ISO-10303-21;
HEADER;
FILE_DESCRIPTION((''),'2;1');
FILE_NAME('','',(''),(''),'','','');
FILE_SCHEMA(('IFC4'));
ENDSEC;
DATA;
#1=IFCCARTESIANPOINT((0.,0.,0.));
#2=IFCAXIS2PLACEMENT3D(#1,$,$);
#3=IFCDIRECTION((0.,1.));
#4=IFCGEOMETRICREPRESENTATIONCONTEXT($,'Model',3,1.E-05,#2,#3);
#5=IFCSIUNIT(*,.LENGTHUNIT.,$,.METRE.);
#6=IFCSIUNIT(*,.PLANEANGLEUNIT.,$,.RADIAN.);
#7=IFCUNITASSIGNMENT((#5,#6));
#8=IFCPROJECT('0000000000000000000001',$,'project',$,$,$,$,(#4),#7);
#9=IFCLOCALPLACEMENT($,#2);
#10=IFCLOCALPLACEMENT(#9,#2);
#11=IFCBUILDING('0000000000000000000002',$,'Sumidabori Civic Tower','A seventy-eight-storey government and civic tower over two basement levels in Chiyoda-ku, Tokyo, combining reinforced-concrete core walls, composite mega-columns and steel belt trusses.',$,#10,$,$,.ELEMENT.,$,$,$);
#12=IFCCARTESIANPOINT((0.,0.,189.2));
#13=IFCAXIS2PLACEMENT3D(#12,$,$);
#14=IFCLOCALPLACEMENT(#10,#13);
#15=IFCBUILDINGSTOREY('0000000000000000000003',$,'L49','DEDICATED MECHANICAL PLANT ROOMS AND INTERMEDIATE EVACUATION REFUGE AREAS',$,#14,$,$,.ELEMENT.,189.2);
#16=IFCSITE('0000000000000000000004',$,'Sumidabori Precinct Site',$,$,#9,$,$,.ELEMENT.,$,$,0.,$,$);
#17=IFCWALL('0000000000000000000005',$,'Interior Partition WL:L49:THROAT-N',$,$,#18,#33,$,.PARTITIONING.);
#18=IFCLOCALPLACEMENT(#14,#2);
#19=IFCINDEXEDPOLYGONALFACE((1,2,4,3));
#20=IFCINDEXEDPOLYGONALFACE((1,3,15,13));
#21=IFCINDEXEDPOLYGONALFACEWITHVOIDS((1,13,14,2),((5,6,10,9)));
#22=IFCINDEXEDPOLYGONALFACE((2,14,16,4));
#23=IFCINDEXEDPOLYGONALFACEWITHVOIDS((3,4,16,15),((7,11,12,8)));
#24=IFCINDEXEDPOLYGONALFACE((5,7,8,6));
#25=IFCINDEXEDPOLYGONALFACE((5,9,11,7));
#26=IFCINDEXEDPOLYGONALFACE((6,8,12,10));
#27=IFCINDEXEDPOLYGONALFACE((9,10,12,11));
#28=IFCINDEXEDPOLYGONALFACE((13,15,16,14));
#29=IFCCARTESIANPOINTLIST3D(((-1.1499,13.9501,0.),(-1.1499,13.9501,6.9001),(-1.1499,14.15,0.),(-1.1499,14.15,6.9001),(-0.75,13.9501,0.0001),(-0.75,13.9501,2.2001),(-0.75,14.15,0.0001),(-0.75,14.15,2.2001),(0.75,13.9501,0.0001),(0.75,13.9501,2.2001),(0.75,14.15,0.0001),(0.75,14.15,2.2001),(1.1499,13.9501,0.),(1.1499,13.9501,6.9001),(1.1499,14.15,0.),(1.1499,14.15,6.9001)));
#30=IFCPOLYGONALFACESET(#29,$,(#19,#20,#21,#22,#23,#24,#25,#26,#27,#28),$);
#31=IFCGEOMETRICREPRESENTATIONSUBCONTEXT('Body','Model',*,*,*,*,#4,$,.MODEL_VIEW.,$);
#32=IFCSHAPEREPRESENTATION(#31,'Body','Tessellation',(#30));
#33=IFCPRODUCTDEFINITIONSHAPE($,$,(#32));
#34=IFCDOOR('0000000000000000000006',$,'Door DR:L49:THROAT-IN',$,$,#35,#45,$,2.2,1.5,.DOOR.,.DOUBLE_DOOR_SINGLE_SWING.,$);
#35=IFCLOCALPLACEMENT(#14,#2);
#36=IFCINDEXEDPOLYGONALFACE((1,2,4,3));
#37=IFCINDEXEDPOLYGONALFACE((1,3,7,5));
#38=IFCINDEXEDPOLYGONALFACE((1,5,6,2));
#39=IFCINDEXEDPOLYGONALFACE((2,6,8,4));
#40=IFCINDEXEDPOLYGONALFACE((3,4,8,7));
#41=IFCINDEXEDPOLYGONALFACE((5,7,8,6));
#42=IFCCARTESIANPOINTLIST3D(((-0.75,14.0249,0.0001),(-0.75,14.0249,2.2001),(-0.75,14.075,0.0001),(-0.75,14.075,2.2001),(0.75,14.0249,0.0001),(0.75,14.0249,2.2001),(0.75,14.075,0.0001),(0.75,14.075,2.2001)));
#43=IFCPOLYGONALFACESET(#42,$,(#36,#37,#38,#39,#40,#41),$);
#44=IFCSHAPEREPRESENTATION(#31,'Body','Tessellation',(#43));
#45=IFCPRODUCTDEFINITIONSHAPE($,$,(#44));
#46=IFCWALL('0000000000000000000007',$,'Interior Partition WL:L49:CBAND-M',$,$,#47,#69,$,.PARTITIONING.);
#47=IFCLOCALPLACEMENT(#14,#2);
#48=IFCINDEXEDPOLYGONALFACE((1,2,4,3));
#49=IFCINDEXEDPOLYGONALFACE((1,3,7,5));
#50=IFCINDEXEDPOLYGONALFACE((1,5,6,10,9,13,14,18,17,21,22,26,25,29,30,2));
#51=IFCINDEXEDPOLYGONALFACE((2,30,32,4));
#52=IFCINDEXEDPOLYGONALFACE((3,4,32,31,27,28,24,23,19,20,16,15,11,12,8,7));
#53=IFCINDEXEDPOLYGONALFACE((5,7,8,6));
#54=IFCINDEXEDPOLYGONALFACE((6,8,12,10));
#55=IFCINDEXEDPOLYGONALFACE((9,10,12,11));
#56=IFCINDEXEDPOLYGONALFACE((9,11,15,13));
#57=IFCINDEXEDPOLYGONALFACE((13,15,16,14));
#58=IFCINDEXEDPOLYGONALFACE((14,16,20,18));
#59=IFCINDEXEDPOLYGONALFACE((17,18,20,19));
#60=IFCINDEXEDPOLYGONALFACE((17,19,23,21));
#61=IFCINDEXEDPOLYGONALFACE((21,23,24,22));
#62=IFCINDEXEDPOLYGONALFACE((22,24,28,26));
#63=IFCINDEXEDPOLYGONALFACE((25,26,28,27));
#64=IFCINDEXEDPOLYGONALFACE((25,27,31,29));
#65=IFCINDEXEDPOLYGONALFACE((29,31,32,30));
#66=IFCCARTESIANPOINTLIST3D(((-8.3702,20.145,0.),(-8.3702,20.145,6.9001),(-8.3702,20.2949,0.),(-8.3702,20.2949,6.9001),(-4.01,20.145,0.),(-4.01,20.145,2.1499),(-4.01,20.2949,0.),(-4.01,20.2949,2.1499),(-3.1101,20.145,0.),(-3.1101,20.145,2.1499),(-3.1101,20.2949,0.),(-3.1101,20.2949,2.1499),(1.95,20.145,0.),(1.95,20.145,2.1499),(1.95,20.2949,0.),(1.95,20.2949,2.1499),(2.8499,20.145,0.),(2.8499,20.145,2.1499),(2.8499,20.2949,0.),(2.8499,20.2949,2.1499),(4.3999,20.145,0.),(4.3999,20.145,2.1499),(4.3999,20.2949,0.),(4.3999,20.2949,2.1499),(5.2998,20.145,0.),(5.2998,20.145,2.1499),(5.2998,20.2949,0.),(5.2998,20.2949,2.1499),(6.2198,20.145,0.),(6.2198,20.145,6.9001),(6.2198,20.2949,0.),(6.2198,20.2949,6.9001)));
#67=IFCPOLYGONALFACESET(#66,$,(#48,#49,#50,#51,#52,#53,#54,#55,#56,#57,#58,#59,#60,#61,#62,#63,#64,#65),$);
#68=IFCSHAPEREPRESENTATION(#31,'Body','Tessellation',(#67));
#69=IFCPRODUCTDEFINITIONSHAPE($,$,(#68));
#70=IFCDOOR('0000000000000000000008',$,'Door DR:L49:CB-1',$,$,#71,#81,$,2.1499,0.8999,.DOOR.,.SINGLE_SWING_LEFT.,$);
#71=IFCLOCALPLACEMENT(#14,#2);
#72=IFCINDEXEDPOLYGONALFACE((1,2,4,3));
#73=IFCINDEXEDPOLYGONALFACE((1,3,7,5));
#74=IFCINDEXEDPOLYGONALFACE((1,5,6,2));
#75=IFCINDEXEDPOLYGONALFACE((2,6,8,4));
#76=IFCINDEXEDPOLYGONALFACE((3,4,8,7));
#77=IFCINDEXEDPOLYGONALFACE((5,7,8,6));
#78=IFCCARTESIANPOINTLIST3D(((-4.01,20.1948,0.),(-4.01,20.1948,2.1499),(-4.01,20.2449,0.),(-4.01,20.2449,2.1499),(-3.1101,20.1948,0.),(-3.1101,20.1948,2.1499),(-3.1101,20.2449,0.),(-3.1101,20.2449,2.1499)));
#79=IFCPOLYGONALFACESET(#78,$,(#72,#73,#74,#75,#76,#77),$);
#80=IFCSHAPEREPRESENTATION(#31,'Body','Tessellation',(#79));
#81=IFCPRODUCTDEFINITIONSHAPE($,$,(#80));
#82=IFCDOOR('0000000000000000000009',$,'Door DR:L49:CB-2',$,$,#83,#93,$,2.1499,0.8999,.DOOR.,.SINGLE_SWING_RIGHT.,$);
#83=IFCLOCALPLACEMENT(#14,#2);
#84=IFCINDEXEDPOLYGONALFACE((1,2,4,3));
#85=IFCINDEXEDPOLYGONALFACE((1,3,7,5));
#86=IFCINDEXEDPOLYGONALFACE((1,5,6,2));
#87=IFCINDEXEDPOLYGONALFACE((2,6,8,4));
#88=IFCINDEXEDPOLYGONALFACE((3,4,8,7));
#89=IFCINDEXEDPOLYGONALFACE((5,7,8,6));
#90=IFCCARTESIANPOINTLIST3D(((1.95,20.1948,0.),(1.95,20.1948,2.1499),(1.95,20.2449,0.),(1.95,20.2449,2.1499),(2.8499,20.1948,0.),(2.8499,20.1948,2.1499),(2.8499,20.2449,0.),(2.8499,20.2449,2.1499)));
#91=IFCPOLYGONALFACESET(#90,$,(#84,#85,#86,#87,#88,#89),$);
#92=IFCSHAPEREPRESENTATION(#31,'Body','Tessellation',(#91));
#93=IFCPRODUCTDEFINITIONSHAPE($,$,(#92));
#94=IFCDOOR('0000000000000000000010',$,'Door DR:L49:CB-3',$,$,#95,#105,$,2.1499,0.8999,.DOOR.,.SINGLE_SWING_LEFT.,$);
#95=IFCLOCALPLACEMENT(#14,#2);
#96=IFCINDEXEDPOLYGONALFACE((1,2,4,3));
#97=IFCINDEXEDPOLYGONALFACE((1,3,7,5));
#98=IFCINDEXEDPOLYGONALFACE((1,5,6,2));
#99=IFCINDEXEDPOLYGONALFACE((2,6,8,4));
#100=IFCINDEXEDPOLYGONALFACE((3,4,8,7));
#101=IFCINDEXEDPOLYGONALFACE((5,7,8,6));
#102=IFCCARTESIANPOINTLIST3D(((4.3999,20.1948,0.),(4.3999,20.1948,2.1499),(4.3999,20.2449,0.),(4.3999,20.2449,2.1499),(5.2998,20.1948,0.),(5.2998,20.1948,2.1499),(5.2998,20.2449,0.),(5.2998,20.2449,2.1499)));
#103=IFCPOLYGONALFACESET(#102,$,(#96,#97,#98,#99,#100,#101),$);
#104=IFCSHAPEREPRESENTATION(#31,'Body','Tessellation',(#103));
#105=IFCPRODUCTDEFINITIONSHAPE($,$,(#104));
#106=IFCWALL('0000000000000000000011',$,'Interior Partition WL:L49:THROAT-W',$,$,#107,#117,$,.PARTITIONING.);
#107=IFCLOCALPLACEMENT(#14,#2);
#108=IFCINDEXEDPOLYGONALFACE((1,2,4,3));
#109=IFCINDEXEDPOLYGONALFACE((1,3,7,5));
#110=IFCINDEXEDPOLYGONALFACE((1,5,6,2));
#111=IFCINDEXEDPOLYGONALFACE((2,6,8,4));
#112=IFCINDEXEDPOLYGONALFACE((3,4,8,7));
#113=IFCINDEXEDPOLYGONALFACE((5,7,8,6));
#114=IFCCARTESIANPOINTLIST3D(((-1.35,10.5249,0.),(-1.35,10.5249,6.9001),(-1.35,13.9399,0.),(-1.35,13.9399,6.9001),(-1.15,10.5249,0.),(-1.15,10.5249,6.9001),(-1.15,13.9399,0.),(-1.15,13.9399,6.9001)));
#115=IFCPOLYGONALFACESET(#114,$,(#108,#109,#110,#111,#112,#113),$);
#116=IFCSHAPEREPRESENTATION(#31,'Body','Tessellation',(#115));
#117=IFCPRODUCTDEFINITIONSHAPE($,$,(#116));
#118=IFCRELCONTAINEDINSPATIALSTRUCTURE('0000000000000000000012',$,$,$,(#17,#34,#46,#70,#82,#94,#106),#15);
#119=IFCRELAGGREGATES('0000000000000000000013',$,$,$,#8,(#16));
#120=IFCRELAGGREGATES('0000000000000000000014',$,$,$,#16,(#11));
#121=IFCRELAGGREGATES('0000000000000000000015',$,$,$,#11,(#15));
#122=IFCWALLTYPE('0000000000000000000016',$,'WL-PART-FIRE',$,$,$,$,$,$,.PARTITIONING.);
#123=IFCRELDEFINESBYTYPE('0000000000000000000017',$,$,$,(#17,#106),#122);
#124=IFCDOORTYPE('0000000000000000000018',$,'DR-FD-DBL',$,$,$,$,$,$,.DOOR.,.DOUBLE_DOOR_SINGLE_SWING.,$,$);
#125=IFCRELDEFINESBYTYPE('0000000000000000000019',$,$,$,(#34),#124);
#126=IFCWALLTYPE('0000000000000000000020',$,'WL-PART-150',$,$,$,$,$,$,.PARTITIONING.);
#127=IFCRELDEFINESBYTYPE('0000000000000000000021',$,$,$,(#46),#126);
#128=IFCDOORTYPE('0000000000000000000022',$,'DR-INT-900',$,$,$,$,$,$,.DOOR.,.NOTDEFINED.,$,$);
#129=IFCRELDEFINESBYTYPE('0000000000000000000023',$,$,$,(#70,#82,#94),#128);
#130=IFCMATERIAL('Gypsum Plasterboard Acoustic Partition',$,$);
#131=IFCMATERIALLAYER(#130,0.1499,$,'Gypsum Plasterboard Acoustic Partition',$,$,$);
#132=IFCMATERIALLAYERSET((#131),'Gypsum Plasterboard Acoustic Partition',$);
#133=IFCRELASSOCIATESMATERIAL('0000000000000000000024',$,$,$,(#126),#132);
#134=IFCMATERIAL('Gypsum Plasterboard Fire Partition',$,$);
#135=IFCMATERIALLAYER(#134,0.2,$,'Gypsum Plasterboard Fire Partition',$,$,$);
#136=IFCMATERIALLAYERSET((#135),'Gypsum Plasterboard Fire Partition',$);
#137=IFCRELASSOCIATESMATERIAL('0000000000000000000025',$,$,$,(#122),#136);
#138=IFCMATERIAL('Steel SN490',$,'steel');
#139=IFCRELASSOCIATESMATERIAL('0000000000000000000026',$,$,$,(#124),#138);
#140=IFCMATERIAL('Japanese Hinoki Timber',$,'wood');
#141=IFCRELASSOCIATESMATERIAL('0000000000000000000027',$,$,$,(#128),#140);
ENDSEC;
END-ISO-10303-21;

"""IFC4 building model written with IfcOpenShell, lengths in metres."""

from ifc_helpers import new_model, si_unit, direction, frame, frame_2d, origin, place, context, subcontext, project, spatial, rectangle, extrude, source, transform, mapped, material, layer, layer_set, type_object, element, fill, save


model = new_model("IFC4")

# Units and contexts
model_context = context("Model", 3, precision=1e-05, world=origin(), true_north=direction((0.0, 1.0)))
body_context = subcontext(model_context, "Body", "Model", "MODEL_VIEW")
ifc_project = project(units=[si_unit("LENGTHUNIT", "METRE"), si_unit("PLANEANGLEUNIT", "RADIAN")], contexts=[model_context])

# Site, building, storey
site_placement = place(None, origin())
site = spatial("IfcSite", under=ifc_project, at=site_placement, Name="Sumidabori Precinct Site", CompositionType="ELEMENT", RefElevation=0.0)
building_placement = place(site_placement, origin())
building = spatial("IfcBuilding", under=site, at=building_placement, Name="Sumidabori Civic Tower", Description="A seventy-eight-storey government and civic tower over two basement levels in Chiyoda-ku, Tokyo, combining reinforced-concrete core walls, composite mega-columns and steel belt trusses.", CompositionType="ELEMENT")
storey_placement = place(building_placement, frame((0.0, 0.0, 189.2)))
storey = spatial("IfcBuildingStorey", under=building, at=storey_placement, Name="L49", Description="DEDICATED MECHANICAL PLANT ROOMS AND INTERMEDIATE EVACUATION REFUGE AREAS", CompositionType="ELEMENT", Elevation=189.2)

# Shared definitions
ifc_material_1 = material(Name="Gypsum Plasterboard Acoustic Partition")
ifc_layer_1 = layer(ifc_material_1, 0.1499, Name="Gypsum Plasterboard Acoustic Partition")
ifc_layer_set_1 = layer_set([ifc_layer_1], Name="Gypsum Plasterboard Acoustic Partition")
wall_type_1 = type_object("IfcWallType", Name="WL-PART-150", PredefinedType="PARTITIONING", material=ifc_layer_set_1)

# Wall, opening, door
ifc_material_2 = material(Name="Gypsum Plasterboard Fire Partition")
ifc_layer_2 = layer(ifc_material_2, 0.2, Name="Gypsum Plasterboard Fire Partition")
ifc_layer_set_2 = layer_set([ifc_layer_2], Name="Gypsum Plasterboard Fire Partition")
wall_type_2 = type_object("IfcWallType", Name="WL-PART-FIRE", PredefinedType="PARTITIONING", material=ifc_layer_set_2)
ifc_material_3 = material(Name="Japanese Hinoki Timber", Category="wood")
shared_shape_1 = source(origin(), body_context, "Body", "SweptSolid", [
    extrude(rectangle(XDim=2.2998, YDim=0.2, at=frame_2d((1.1499, 0.0))), origin(), (0.0, 0.0, 1.0), 6.9001),
])
wall_1_placement = place(storey_placement, frame((-1.1499, 14.05, 0.0), z_axis=(0.0, 0.0, 1.0), x_axis=(1.0, 0.0, 0.0)))
wall_1 = element("IfcWall", 1, at=wall_1_placement, inside=storey, type_object=wall_type_2, Name="Interior Partition WL:L49:THROAT-N", PredefinedType="PARTITIONING", context=body_context, shape_type="MappedRepresentation", body=[
    mapped(shared_shape_1, transform((0.0, 0.0, 0.0), x_axis=(1.0, 0.0, 0.0), y_axis=(0.0, 1.0, 0.0), z_axis=(0.0, 0.0, 1.0), scale=1.0)),
])
opening_1_placement = place(wall_1_placement, frame((0.3999, 0.0, 0.0)))
opening_1 = element("IfcOpeningElement", 2, at=opening_1_placement, cuts=wall_1, PredefinedType="OPENING", context=body_context, shape_type="SweptSolid", body=[
    extrude(rectangle(XDim=1.5, YDim=2.2, at=frame_2d((0.75, 1.1001))), frame((0.0, 0.1118, 0.0), z_axis=(0.0, -1.0, 0.0), x_axis=(1.0, 0.0, 0.0)), (0.0, 0.0, 1.0), 0.2239),
])
ifc_material_4 = material(Name="Steel SN490", Category="steel")
door_type_1 = type_object("IfcDoorType", Name="DR-FD-DBL", OperationType="DOUBLE_DOOR_SINGLE_SWING", PredefinedType="DOOR", material=ifc_material_4)
shared_shape_2 = source(origin(), body_context, "Body", "SweptSolid", [
    extrude(rectangle(XDim=1.5, YDim=2.2, at=frame_2d((0.75, 1.1001))), frame((0.0, 0.0249, 0.0), z_axis=(0.0, -1.0, 0.0), x_axis=(1.0, 0.0, 0.0)), (0.0, 0.0, 1.0), 0.05),
])
door_1_placement = place(opening_1_placement, origin())
door_1 = element("IfcDoor", 3, at=door_1_placement, inside=storey, type_object=door_type_1, Name="Door DR:L49:THROAT-IN", OperationType="DOUBLE_DOOR_SINGLE_SWING", OverallHeight=2.2, OverallWidth=1.5, PredefinedType="DOOR", context=body_context, shape_type="MappedRepresentation", body=[
    mapped(shared_shape_2, transform((0.0, 0.0, 0.0), x_axis=(1.0, 0.0, 0.0), y_axis=(0.0, 1.0, 0.0), z_axis=(0.0, 0.0, 1.0), scale=1.0)),
])
fill(opening_1, door_1)

# Wall, openings, doors
shared_shape_3 = source(origin(), body_context, "Body", "SweptSolid", [
    extrude(rectangle(XDim=14.5901, YDim=0.1499, at=frame_2d((7.2949, 0.0))), origin(), (0.0, 0.0, 1.0), 6.9001),
])
wall_2_placement = place(storey_placement, frame((-8.3701, 20.22, 0.0), z_axis=(0.0, 0.0, 1.0), x_axis=(1.0, 0.0, 0.0)))
wall_2 = element("IfcWall", 4, at=wall_2_placement, inside=storey, type_object=wall_type_1, Name="Interior Partition WL:L49:CBAND-M", PredefinedType="PARTITIONING", context=body_context, shape_type="MappedRepresentation", body=[
    mapped(shared_shape_3, transform((0.0, 0.0, 0.0), x_axis=(1.0, 0.0, 0.0), y_axis=(0.0, 1.0, 0.0), z_axis=(0.0, 0.0, 1.0), scale=1.0)),
])
opening_2_placement = place(wall_2_placement, frame((4.3601, 0.0, 0.0)))
opening_2 = element("IfcOpeningElement", 5, at=opening_2_placement, cuts=wall_2, PredefinedType="OPENING", context=body_context, shape_type="SweptSolid", body=[
    extrude(rectangle(XDim=0.8999, YDim=2.1499, at=frame_2d((0.45, 1.075))), frame((0.0, 0.0869, 0.0), z_axis=(0.0, -1.0, 0.0), x_axis=(1.0, 0.0, 0.0)), (0.0, 0.0, 1.0), 0.1738),
])
opening_3_placement = place(wall_2_placement, frame((10.3201, 0.0, 0.0)))
opening_3 = element("IfcOpeningElement", 6, at=opening_3_placement, cuts=wall_2, PredefinedType="OPENING", context=body_context, shape_type="SweptSolid", body=[
    extrude(rectangle(XDim=0.8999, YDim=2.1499, at=frame_2d((0.45, 1.075))), frame((0.0, 0.0869, 0.0), z_axis=(0.0, -1.0, 0.0), x_axis=(1.0, 0.0, 0.0)), (0.0, 0.0, 1.0), 0.1738),
])
opening_4_placement = place(wall_2_placement, frame((12.77, 0.0, 0.0)))
opening_4 = element("IfcOpeningElement", 7, at=opening_4_placement, cuts=wall_2, PredefinedType="OPENING", context=body_context, shape_type="SweptSolid", body=[
    extrude(rectangle(XDim=0.8999, YDim=2.1499, at=frame_2d((0.45, 1.075))), frame((0.0, 0.0869, 0.0), z_axis=(0.0, -1.0, 0.0), x_axis=(1.0, 0.0, 0.0)), (0.0, 0.0, 1.0), 0.1738),
])
door_type_2 = type_object("IfcDoorType", Name="DR-INT-900", OperationType="NOTDEFINED", PredefinedType="DOOR", material=ifc_material_3)
shared_shape_4 = source(origin(), body_context, "Body", "SweptSolid", [
    extrude(rectangle(XDim=0.8999, YDim=2.1499, at=frame_2d((0.45, 1.075))), frame((0.0, 0.0249, 0.0), z_axis=(0.0, -1.0, 0.0), x_axis=(1.0, 0.0, 0.0)), (0.0, 0.0, 1.0), 0.05),
])
door_2_placement = place(opening_2_placement, origin())
door_2 = element("IfcDoor", 8, at=door_2_placement, inside=storey, type_object=door_type_2, Name="Door DR:L49:CB-1", OperationType="SINGLE_SWING_LEFT", OverallHeight=2.1499, OverallWidth=0.8999, PredefinedType="DOOR", context=body_context, shape_type="MappedRepresentation", body=[
    mapped(shared_shape_4, transform((0.0, 0.0, 0.0), x_axis=(1.0, 0.0, 0.0), y_axis=(0.0, 1.0, 0.0), z_axis=(0.0, 0.0, 1.0), scale=1.0)),
])
fill(opening_2, door_2)
door_3_placement = place(opening_3_placement, origin())
door_3 = element("IfcDoor", 9, at=door_3_placement, inside=storey, type_object=door_type_2, Name="Door DR:L49:CB-2", OperationType="SINGLE_SWING_RIGHT", OverallHeight=2.1499, OverallWidth=0.8999, PredefinedType="DOOR", context=body_context, shape_type="MappedRepresentation", body=[
    mapped(shared_shape_4, transform((0.0, 0.0, 0.0), x_axis=(1.0, 0.0, 0.0), y_axis=(0.0, 1.0, 0.0), z_axis=(0.0, 0.0, 1.0), scale=1.0)),
])
fill(opening_3, door_3)
door_4_placement = place(opening_4_placement, origin())
door_4 = element("IfcDoor", 10, at=door_4_placement, inside=storey, type_object=door_type_2, Name="Door DR:L49:CB-3", OperationType="SINGLE_SWING_LEFT", OverallHeight=2.1499, OverallWidth=0.8999, PredefinedType="DOOR", context=body_context, shape_type="MappedRepresentation", body=[
    mapped(shared_shape_4, transform((0.0, 0.0, 0.0), x_axis=(1.0, 0.0, 0.0), y_axis=(0.0, 1.0, 0.0), z_axis=(0.0, 0.0, 1.0), scale=1.0)),
])
fill(opening_4, door_4)

# Wall
shared_shape_5 = source(origin(), body_context, "Body", "SweptSolid", [
    extrude(rectangle(XDim=3.415, YDim=0.2, at=frame_2d((1.7075, 0.0))), origin(), (0.0, 0.0, 1.0), 6.9001),
])
wall_3_placement = place(storey_placement, frame((-1.25, 10.5249, 0.0), z_axis=(0.0, 0.0, 1.0), x_axis=(0.0, 1.0, 0.0)))
element("IfcWall", 11, at=wall_3_placement, inside=storey, type_object=wall_type_2, Name="Interior Partition WL:L49:THROAT-W", PredefinedType="PARTITIONING", context=body_context, shape_type="MappedRepresentation", body=[
    mapped(shared_shape_5, transform((0.0, 0.0, 0.0), x_axis=(1.0, 0.0, 0.0), y_axis=(0.0, 1.0, 0.0), z_axis=(0.0, 0.0, 1.0), scale=1.0)),
])

save(model, "model.ifc")
